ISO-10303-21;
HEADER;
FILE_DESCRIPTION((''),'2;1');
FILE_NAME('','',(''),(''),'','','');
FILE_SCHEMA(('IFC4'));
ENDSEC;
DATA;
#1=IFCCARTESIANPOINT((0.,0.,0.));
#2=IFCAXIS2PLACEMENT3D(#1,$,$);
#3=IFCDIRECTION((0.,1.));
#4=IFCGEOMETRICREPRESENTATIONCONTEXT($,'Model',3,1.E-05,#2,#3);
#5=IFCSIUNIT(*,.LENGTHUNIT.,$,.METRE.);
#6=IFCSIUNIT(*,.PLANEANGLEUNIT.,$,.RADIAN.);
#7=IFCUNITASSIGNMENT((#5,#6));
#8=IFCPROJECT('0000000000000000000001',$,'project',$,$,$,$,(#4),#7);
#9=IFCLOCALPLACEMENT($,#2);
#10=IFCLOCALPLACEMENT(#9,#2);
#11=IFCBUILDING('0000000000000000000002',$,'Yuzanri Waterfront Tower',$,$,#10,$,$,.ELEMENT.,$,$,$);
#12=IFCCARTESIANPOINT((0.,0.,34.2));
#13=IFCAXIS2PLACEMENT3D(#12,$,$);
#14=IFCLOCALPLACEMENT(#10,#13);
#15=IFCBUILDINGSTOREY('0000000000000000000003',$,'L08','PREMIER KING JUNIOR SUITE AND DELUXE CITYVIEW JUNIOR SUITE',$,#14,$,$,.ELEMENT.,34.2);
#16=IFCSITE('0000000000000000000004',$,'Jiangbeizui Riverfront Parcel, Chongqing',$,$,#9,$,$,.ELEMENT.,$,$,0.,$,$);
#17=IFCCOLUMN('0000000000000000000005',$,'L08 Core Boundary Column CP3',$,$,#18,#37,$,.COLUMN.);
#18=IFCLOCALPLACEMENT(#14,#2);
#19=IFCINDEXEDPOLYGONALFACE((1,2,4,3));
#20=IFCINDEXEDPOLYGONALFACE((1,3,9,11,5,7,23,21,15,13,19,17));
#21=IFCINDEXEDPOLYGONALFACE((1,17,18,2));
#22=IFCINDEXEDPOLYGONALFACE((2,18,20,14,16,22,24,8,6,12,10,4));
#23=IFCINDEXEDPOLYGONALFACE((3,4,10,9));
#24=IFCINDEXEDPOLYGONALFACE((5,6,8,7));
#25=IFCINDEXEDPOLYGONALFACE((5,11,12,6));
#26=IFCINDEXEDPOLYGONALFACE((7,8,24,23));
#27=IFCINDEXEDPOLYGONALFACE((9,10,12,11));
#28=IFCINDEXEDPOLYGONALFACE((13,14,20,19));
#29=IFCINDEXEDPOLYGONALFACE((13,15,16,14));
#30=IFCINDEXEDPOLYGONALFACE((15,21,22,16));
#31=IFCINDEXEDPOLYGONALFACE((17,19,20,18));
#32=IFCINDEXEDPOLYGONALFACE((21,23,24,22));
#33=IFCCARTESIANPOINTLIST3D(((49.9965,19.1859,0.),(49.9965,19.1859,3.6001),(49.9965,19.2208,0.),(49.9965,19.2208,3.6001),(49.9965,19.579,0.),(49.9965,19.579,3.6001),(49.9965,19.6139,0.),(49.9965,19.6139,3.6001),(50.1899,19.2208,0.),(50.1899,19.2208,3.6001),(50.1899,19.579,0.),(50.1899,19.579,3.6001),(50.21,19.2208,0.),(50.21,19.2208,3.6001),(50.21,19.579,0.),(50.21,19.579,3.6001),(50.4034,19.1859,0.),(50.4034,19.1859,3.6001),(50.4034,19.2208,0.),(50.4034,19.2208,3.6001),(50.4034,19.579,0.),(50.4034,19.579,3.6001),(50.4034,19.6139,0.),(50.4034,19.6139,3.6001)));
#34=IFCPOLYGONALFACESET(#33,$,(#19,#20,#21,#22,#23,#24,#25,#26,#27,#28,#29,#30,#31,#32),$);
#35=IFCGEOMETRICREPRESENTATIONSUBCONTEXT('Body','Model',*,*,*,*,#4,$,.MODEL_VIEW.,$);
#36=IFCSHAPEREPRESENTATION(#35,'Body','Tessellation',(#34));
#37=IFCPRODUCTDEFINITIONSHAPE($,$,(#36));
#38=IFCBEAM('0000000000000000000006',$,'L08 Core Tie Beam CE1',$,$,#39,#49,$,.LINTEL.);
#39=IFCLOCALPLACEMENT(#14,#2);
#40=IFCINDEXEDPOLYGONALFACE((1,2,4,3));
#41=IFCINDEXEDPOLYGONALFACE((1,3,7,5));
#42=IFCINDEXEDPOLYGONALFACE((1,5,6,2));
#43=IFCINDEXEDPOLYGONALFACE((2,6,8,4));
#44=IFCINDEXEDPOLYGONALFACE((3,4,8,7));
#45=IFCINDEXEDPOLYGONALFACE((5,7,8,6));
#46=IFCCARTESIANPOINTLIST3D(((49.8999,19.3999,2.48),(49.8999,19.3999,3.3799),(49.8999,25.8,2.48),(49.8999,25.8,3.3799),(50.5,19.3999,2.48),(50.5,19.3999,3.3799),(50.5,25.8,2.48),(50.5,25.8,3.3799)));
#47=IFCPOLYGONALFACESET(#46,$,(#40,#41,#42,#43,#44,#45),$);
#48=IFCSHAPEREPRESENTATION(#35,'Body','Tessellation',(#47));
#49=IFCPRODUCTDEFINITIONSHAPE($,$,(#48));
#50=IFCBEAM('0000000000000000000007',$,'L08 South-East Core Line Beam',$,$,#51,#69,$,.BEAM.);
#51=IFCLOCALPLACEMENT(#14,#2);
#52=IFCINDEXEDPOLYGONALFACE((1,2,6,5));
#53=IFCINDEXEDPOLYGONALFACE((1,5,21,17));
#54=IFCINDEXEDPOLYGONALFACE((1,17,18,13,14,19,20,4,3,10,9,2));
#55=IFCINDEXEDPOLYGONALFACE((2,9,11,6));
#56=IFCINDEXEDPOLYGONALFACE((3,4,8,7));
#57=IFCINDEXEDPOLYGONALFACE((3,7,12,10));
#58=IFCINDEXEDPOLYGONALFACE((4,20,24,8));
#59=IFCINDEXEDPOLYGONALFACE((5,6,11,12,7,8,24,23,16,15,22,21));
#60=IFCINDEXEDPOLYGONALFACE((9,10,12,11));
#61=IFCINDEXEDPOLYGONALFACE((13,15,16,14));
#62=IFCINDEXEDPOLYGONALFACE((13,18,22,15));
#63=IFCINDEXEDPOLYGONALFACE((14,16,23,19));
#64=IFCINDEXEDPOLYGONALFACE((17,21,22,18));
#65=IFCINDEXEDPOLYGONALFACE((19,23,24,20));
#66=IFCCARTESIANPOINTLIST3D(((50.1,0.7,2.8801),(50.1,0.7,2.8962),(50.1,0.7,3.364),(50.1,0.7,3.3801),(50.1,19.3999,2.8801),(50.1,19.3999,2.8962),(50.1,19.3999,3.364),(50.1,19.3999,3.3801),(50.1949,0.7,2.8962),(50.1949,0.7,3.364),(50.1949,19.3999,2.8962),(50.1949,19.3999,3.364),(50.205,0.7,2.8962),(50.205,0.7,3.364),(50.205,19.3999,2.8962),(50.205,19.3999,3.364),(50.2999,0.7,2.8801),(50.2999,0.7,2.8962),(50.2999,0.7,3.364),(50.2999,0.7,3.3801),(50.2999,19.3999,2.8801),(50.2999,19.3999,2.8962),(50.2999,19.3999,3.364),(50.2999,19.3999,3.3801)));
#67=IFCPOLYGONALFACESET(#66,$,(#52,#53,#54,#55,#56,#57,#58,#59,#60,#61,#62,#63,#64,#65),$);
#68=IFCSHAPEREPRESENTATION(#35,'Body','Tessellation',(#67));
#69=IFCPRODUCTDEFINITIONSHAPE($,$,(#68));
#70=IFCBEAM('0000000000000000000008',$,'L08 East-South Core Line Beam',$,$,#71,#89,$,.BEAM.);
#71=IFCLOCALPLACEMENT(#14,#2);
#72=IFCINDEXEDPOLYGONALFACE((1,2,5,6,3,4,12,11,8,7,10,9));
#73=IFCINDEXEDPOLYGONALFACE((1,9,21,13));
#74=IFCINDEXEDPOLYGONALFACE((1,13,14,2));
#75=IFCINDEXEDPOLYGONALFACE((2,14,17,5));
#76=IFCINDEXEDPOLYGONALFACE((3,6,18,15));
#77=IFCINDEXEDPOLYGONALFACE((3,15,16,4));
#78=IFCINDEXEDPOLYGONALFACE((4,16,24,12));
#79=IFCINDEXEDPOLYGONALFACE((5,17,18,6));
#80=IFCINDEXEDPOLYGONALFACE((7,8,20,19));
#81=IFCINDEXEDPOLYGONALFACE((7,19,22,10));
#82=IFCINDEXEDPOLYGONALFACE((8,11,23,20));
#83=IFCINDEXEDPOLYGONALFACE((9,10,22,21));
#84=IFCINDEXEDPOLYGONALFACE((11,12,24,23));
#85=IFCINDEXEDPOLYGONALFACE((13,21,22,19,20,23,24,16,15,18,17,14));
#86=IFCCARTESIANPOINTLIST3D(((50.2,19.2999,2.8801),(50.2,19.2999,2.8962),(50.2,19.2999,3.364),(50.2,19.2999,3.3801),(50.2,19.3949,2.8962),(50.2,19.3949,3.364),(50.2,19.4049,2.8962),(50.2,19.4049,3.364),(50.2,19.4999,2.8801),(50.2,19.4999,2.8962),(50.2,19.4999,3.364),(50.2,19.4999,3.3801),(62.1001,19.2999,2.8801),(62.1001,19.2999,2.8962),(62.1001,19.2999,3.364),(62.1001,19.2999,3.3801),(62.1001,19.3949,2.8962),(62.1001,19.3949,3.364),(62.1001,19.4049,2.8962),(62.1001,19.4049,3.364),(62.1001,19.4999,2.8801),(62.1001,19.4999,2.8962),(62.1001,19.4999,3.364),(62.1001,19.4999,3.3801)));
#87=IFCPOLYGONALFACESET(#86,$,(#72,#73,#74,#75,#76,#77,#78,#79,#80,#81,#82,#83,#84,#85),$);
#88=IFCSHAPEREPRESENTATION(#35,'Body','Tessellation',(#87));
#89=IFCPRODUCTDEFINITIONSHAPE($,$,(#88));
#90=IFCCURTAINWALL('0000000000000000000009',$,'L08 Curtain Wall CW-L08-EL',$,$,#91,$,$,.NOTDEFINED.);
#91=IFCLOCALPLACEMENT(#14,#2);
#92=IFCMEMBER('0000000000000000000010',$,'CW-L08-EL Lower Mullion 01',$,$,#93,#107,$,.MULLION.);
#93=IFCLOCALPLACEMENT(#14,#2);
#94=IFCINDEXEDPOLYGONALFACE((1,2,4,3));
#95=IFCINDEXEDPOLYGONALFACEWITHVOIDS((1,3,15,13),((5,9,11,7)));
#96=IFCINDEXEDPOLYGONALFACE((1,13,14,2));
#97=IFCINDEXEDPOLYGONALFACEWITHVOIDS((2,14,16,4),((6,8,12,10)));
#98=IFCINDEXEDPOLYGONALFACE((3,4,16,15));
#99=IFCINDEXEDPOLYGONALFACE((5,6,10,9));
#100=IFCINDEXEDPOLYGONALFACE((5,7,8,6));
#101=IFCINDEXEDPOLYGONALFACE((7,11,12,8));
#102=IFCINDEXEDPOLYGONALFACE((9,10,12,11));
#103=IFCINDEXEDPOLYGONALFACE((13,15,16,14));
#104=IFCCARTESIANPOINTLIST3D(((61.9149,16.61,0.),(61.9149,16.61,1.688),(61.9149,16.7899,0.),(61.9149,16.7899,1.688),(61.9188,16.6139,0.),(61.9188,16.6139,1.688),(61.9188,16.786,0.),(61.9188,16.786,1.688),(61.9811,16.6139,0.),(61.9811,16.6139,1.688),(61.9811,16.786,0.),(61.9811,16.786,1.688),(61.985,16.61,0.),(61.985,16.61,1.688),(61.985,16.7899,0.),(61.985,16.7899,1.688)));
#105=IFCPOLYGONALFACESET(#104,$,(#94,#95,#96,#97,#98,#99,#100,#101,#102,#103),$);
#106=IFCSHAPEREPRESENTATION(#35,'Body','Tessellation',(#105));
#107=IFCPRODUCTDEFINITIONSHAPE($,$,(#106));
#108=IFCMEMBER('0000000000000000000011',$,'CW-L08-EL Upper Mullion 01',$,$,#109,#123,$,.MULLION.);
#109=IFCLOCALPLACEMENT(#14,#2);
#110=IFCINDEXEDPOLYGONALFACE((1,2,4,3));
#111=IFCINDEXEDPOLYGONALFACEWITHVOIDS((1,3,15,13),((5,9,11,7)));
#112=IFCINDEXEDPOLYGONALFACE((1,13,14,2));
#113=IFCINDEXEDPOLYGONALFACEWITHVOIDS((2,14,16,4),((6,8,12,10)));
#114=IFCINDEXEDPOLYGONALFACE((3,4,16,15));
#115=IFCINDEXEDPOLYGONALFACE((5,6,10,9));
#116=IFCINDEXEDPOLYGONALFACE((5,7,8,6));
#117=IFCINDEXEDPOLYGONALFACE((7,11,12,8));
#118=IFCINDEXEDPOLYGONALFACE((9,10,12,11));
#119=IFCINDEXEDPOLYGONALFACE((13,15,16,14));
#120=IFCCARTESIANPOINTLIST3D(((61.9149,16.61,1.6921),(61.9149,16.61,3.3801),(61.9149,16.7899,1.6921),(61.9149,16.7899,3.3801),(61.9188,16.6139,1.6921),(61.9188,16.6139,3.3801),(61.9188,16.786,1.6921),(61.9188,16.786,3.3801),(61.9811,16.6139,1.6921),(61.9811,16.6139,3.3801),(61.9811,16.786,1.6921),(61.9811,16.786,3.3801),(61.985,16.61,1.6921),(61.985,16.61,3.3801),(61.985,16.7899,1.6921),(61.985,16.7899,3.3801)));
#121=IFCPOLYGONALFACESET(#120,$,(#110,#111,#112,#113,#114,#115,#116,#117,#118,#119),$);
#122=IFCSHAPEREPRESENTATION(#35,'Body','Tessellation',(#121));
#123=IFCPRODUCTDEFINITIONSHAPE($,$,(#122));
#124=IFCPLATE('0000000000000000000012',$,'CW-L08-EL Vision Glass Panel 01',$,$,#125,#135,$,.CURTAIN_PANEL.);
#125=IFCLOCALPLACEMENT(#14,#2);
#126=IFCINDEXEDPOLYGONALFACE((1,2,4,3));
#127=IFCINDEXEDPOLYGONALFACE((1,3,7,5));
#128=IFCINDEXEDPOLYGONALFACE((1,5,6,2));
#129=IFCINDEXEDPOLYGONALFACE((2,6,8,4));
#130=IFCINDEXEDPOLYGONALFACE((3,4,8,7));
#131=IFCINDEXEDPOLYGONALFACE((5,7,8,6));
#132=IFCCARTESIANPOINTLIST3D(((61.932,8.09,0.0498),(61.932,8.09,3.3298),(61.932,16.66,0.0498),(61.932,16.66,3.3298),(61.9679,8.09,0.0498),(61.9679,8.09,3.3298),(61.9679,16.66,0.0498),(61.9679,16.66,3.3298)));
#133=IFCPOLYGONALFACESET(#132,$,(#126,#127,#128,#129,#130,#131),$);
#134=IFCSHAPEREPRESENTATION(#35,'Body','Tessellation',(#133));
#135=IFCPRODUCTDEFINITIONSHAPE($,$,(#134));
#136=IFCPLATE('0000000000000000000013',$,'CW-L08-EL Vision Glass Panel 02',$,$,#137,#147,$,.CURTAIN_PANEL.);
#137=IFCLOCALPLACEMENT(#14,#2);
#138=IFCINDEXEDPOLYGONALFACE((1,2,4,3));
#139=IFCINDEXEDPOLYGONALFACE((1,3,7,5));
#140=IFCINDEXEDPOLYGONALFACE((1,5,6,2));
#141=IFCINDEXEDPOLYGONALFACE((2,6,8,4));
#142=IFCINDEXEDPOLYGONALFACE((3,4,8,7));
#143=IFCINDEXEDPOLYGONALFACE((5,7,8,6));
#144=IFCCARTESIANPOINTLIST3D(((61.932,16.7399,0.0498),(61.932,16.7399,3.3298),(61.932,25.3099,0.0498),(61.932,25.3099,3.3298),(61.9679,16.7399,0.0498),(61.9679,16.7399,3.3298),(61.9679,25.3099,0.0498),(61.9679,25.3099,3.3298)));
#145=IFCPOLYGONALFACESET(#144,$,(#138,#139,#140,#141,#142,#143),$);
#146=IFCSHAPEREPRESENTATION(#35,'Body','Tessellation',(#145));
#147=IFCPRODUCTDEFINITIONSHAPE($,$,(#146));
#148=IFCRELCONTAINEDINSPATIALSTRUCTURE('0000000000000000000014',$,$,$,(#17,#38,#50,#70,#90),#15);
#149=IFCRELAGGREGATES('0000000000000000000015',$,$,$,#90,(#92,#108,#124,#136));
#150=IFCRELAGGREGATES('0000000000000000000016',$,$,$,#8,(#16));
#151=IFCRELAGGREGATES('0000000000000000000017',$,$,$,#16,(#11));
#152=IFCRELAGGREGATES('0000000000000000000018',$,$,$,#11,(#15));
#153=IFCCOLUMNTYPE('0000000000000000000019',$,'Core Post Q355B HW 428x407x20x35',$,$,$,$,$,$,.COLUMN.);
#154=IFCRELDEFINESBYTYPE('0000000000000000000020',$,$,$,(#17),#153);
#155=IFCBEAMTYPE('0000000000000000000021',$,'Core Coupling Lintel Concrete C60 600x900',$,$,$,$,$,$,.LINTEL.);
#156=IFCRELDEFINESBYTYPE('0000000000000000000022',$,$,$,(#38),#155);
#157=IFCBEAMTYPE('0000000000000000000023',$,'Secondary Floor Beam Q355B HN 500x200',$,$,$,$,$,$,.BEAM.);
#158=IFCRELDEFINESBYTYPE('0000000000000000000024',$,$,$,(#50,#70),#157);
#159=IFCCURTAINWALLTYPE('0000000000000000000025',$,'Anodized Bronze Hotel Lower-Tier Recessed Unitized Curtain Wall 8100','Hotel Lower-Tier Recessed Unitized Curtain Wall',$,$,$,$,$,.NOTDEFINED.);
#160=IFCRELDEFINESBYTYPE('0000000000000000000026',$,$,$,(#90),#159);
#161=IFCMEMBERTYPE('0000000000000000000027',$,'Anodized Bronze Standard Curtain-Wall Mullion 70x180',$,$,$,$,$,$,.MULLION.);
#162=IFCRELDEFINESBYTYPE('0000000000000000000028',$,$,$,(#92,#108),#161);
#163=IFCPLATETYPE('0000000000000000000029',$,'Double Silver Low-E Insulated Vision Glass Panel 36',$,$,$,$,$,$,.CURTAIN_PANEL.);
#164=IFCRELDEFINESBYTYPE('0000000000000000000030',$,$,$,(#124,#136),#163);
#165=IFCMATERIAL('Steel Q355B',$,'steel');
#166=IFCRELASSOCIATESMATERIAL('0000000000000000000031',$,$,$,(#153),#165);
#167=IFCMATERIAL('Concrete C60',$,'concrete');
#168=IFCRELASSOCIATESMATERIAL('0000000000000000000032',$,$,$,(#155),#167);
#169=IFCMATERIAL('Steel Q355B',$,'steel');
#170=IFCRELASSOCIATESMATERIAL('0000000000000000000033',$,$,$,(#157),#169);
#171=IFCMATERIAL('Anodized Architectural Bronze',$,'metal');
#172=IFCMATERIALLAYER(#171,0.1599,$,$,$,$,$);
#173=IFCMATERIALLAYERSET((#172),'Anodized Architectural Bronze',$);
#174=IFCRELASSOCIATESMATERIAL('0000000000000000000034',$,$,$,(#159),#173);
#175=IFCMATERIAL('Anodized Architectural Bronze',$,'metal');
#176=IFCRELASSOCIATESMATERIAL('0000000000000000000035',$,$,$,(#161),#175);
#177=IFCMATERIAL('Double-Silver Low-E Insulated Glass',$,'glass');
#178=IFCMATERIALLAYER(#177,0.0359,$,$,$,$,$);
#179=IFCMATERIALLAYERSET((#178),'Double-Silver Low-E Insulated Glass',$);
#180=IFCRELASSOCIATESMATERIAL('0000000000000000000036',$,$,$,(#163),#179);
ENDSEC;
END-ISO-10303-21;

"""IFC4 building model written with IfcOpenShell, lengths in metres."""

from ifc_helpers import new_model, si_unit, direction, frame, origin, origin_2d, place, context, subcontext, project, spatial, rectangle, hollow_rectangle, i_section, extrude, source, transform, mapped, material, layer, layer_set, material_profile, profile_set, type_object, element, aggregate, save


model = new_model("IFC4")

# Units and contexts
model_context = context("Model", 3, precision=1e-05, world=origin(), true_north=direction((0.0, 1.0)))
body_context = subcontext(model_context, "Body", "Model", "MODEL_VIEW")
ifc_project = project(units=[si_unit("LENGTHUNIT", "METRE"), si_unit("PLANEANGLEUNIT", "RADIAN")], contexts=[model_context])

# Site, building, storey
site_placement = place(None, origin())
site = spatial("IfcSite", under=ifc_project, at=site_placement, Name="Jiangbeizui Riverfront Parcel, Chongqing", CompositionType="ELEMENT", RefElevation=0.0)
building_placement = place(site_placement, origin())
building = spatial("IfcBuilding", under=site, at=building_placement, Name="Yuzanri Waterfront Tower", CompositionType="ELEMENT")
storey_placement = place(building_placement, frame((0.0, 0.0, 34.2)))
storey = spatial("IfcBuildingStorey", under=building, at=storey_placement, Name="L08", Description="PREMIER KING JUNIOR SUITE AND DELUXE CITYVIEW JUNIOR SUITE", CompositionType="ELEMENT", Elevation=34.2)

# Column
ifc_material_1 = material(Name="Steel Q355B", Category="steel")
ifc_material_profile_1 = material_profile(ifc_material_1, i_section(OverallWidth=0.407, OverallDepth=0.428, WebThickness=0.02, FlangeThickness=0.0349, at=origin_2d()), Name="HW 428x407x20x35")
ifc_profile_set_1 = profile_set([ifc_material_profile_1], Name="Steel Q355B")
column_type = type_object("IfcColumnType", Name="Core Post Q355B HW 428x407x20x35", PredefinedType="COLUMN", material=ifc_profile_set_1)
shared_shape_1 = source(origin(), body_context, "Body", "SweptSolid", [
    extrude(i_section(OverallWidth=0.407, OverallDepth=0.428, WebThickness=0.02, FlangeThickness=0.0349, at=origin_2d()), origin(), (0.0, 0.0, 1.0), 3.6001),
])
column_placement = place(storey_placement, frame((50.2, 19.3999, 0.0), z_axis=(0.0, 0.0, 1.0), x_axis=(1.0, 0.0, 0.0)))
element("IfcColumn", 1, at=column_placement, inside=storey, type_object=column_type, Name="L08 Core Boundary Column CP3", PredefinedType="COLUMN", context=body_context, shape_type="MappedRepresentation", body=[
    mapped(shared_shape_1, transform((0.0, 0.0, 0.0), scale=1.0)),
])

# Beams
ifc_material_2 = material(Name="Concrete C60", Category="concrete")
ifc_material_profile_2 = material_profile(ifc_material_2, rectangle(XDim=0.6001, YDim=0.8999, at=origin_2d()), Name="RC 600x900")
ifc_profile_set_2 = profile_set([ifc_material_profile_2], Name="Concrete C60")
beam_type_1 = type_object("IfcBeamType", Name="Core Coupling Lintel Concrete C60 600x900", PredefinedType="LINTEL", material=ifc_profile_set_2)
shared_shape_2 = source(origin(), body_context, "Body", "SweptSolid", [
    extrude(rectangle(XDim=0.6001, YDim=0.8999, at=origin_2d()), origin(), (0.0, 0.0, 1.0), 6.4001),
])
beam_1_placement = place(storey_placement, frame((50.2, 19.3999, 2.9299), z_axis=(0.0, 1.0, 0.0), x_axis=(-1.0, 0.0, 0.0)))
element("IfcBeam", 2, at=beam_1_placement, inside=storey, type_object=beam_type_1, Name="L08 Core Tie Beam CE1", PredefinedType="LINTEL", context=body_context, shape_type="MappedRepresentation", body=[
    mapped(shared_shape_2, transform((0.0, 0.0, 0.0), scale=1.0)),
])
ifc_material_3 = material(Name="Steel Q355B", Category="steel")
ifc_material_profile_3 = material_profile(ifc_material_3, i_section(OverallWidth=0.2, OverallDepth=0.5, WebThickness=0.01, FlangeThickness=0.0161, at=origin_2d()), Name="HN 500x200x10x16")
ifc_profile_set_3 = profile_set([ifc_material_profile_3], Name="Steel Q355B")
beam_type_2 = type_object("IfcBeamType", Name="Secondary Floor Beam Q355B HN 500x200", PredefinedType="BEAM", material=ifc_profile_set_3)
shared_shape_3 = source(origin(), body_context, "Body", "SweptSolid", [
    extrude(i_section(OverallWidth=0.2, OverallDepth=0.5, WebThickness=0.01, FlangeThickness=0.0161, at=origin_2d()), origin(), (0.0, 0.0, 1.0), 18.7),
])
beam_2_placement = place(storey_placement, frame((50.2, 19.3999, 3.1301), z_axis=(0.0, -1.0, 0.0), x_axis=(1.0, 0.0, 0.0)))
element("IfcBeam", 3, at=beam_2_placement, inside=storey, type_object=beam_type_2, Name="L08 South-East Core Line Beam", PredefinedType="BEAM", context=body_context, shape_type="MappedRepresentation", body=[
    mapped(shared_shape_3, transform((0.0, 0.0, 0.0), scale=1.0)),
])
shared_shape_4 = source(origin(), body_context, "Body", "SweptSolid", [
    extrude(i_section(OverallWidth=0.2, OverallDepth=0.5, WebThickness=0.01, FlangeThickness=0.0161, at=origin_2d()), origin(), (0.0, 0.0, 1.0), 11.9001),
])
beam_3_placement = place(storey_placement, frame((50.2, 19.3999, 3.1301), z_axis=(1.0, 0.0, 0.0), x_axis=(0.0, 1.0, 0.0)))
element("IfcBeam", 4, at=beam_3_placement, inside=storey, type_object=beam_type_2, Name="L08 East-South Core Line Beam", PredefinedType="BEAM", context=body_context, shape_type="MappedRepresentation", body=[
    mapped(shared_shape_4, transform((0.0, 0.0, 0.0), scale=1.0)),
])

# Curtain wall, members, plates
ifc_material_4 = material(Name="Anodized Architectural Bronze", Category="metal")
ifc_layer_1 = layer(ifc_material_4, 0.1599)
ifc_layer_set_1 = layer_set([ifc_layer_1], Name="Anodized Architectural Bronze")
curtain_wall_type = type_object("IfcCurtainWallType", Name="Anodized Bronze Hotel Lower-Tier Recessed Unitized Curtain Wall 8100", Description="Hotel Lower-Tier Recessed Unitized Curtain Wall", PredefinedType="NOTDEFINED", material=ifc_layer_set_1)
curtain_wall_placement = place(storey_placement, origin())
curtain_wall = element("IfcCurtainWall", 5, at=curtain_wall_placement, inside=storey, type_object=curtain_wall_type, Name="L08 Curtain Wall CW-L08-EL", PredefinedType="NOTDEFINED")
ifc_material_5 = material(Name="Anodized Architectural Bronze", Category="metal")
ifc_material_profile_4 = material_profile(ifc_material_5, hollow_rectangle(XDim=0.0701, YDim=0.1799, WallThickness=0.0039, at=origin_2d()), Name="CWM 70x180")
ifc_profile_set_4 = profile_set([ifc_material_profile_4], Name="Anodized Architectural Bronze")
member_type = type_object("IfcMemberType", Name="Anodized Bronze Standard Curtain-Wall Mullion 70x180", PredefinedType="MULLION", material=ifc_profile_set_4)
shared_shape_5 = source(origin(), body_context, "Body", "SweptSolid", [
    extrude(hollow_rectangle(XDim=0.0701, YDim=0.1799, WallThickness=0.0039, at=origin_2d()), origin(), (0.0, 0.0, 1.0), 1.688),
])
member_1_placement = place(storey_placement, frame((61.95, 16.7, 0.0), z_axis=(0.0, 0.0, 1.0), x_axis=(1.0, 0.0, 0.0)))
member_1 = element("IfcMember", 6, at=member_1_placement, type_object=member_type, Name="CW-L08-EL Lower Mullion 01", PredefinedType="MULLION", context=body_context, shape_type="MappedRepresentation", body=[
    mapped(shared_shape_5, transform((0.0, 0.0, 0.0), scale=1.0)),
])
member_2_placement = place(storey_placement, frame((61.95, 16.7, 1.6921), z_axis=(0.0, 0.0, 1.0), x_axis=(1.0, 0.0, 0.0)))
member_2 = element("IfcMember", 7, at=member_2_placement, type_object=member_type, Name="CW-L08-EL Upper Mullion 01", PredefinedType="MULLION", context=body_context, shape_type="MappedRepresentation", body=[
    mapped(shared_shape_5, transform((0.0, 0.0, 0.0), scale=1.0)),
])
ifc_material_6 = material(Name="Double-Silver Low-E Insulated Glass", Category="glass")
ifc_layer_2 = layer(ifc_material_6, 0.0359)
ifc_layer_set_2 = layer_set([ifc_layer_2], Name="Double-Silver Low-E Insulated Glass")
plate_type = type_object("IfcPlateType", Name="Double Silver Low-E Insulated Vision Glass Panel 36", PredefinedType="CURTAIN_PANEL", material=ifc_layer_set_2)
shared_shape_6 = source(origin(), body_context, "Body", "SweptSolid", [
    extrude(rectangle(XDim=8.5701, YDim=0.0359, at=origin_2d()), origin(), (0.0, 0.0, 1.0), 3.28),
])
plate_1_placement = place(storey_placement, frame((61.95, 12.375, 0.0498), z_axis=(0.0, 0.0, 1.0), x_axis=(0.0, 1.0, 0.0)))
plate_1 = element("IfcPlate", 8, at=plate_1_placement, type_object=plate_type, Name="CW-L08-EL Vision Glass Panel 01", PredefinedType="CURTAIN_PANEL", context=body_context, shape_type="MappedRepresentation", body=[
    mapped(shared_shape_6, transform((0.0, 0.0, 0.0), scale=1.0)),
])
plate_2_placement = place(storey_placement, frame((61.95, 21.0249, 0.0498), z_axis=(0.0, 0.0, 1.0), x_axis=(0.0, 1.0, 0.0)))
plate_2 = element("IfcPlate", 9, at=plate_2_placement, type_object=plate_type, Name="CW-L08-EL Vision Glass Panel 02", PredefinedType="CURTAIN_PANEL", context=body_context, shape_type="MappedRepresentation", body=[
    mapped(shared_shape_6, transform((0.0, 0.0, 0.0), scale=1.0)),
])
aggregate(curtain_wall, [member_1, member_2, plate_1, plate_2])

save(model, "model.ifc")
